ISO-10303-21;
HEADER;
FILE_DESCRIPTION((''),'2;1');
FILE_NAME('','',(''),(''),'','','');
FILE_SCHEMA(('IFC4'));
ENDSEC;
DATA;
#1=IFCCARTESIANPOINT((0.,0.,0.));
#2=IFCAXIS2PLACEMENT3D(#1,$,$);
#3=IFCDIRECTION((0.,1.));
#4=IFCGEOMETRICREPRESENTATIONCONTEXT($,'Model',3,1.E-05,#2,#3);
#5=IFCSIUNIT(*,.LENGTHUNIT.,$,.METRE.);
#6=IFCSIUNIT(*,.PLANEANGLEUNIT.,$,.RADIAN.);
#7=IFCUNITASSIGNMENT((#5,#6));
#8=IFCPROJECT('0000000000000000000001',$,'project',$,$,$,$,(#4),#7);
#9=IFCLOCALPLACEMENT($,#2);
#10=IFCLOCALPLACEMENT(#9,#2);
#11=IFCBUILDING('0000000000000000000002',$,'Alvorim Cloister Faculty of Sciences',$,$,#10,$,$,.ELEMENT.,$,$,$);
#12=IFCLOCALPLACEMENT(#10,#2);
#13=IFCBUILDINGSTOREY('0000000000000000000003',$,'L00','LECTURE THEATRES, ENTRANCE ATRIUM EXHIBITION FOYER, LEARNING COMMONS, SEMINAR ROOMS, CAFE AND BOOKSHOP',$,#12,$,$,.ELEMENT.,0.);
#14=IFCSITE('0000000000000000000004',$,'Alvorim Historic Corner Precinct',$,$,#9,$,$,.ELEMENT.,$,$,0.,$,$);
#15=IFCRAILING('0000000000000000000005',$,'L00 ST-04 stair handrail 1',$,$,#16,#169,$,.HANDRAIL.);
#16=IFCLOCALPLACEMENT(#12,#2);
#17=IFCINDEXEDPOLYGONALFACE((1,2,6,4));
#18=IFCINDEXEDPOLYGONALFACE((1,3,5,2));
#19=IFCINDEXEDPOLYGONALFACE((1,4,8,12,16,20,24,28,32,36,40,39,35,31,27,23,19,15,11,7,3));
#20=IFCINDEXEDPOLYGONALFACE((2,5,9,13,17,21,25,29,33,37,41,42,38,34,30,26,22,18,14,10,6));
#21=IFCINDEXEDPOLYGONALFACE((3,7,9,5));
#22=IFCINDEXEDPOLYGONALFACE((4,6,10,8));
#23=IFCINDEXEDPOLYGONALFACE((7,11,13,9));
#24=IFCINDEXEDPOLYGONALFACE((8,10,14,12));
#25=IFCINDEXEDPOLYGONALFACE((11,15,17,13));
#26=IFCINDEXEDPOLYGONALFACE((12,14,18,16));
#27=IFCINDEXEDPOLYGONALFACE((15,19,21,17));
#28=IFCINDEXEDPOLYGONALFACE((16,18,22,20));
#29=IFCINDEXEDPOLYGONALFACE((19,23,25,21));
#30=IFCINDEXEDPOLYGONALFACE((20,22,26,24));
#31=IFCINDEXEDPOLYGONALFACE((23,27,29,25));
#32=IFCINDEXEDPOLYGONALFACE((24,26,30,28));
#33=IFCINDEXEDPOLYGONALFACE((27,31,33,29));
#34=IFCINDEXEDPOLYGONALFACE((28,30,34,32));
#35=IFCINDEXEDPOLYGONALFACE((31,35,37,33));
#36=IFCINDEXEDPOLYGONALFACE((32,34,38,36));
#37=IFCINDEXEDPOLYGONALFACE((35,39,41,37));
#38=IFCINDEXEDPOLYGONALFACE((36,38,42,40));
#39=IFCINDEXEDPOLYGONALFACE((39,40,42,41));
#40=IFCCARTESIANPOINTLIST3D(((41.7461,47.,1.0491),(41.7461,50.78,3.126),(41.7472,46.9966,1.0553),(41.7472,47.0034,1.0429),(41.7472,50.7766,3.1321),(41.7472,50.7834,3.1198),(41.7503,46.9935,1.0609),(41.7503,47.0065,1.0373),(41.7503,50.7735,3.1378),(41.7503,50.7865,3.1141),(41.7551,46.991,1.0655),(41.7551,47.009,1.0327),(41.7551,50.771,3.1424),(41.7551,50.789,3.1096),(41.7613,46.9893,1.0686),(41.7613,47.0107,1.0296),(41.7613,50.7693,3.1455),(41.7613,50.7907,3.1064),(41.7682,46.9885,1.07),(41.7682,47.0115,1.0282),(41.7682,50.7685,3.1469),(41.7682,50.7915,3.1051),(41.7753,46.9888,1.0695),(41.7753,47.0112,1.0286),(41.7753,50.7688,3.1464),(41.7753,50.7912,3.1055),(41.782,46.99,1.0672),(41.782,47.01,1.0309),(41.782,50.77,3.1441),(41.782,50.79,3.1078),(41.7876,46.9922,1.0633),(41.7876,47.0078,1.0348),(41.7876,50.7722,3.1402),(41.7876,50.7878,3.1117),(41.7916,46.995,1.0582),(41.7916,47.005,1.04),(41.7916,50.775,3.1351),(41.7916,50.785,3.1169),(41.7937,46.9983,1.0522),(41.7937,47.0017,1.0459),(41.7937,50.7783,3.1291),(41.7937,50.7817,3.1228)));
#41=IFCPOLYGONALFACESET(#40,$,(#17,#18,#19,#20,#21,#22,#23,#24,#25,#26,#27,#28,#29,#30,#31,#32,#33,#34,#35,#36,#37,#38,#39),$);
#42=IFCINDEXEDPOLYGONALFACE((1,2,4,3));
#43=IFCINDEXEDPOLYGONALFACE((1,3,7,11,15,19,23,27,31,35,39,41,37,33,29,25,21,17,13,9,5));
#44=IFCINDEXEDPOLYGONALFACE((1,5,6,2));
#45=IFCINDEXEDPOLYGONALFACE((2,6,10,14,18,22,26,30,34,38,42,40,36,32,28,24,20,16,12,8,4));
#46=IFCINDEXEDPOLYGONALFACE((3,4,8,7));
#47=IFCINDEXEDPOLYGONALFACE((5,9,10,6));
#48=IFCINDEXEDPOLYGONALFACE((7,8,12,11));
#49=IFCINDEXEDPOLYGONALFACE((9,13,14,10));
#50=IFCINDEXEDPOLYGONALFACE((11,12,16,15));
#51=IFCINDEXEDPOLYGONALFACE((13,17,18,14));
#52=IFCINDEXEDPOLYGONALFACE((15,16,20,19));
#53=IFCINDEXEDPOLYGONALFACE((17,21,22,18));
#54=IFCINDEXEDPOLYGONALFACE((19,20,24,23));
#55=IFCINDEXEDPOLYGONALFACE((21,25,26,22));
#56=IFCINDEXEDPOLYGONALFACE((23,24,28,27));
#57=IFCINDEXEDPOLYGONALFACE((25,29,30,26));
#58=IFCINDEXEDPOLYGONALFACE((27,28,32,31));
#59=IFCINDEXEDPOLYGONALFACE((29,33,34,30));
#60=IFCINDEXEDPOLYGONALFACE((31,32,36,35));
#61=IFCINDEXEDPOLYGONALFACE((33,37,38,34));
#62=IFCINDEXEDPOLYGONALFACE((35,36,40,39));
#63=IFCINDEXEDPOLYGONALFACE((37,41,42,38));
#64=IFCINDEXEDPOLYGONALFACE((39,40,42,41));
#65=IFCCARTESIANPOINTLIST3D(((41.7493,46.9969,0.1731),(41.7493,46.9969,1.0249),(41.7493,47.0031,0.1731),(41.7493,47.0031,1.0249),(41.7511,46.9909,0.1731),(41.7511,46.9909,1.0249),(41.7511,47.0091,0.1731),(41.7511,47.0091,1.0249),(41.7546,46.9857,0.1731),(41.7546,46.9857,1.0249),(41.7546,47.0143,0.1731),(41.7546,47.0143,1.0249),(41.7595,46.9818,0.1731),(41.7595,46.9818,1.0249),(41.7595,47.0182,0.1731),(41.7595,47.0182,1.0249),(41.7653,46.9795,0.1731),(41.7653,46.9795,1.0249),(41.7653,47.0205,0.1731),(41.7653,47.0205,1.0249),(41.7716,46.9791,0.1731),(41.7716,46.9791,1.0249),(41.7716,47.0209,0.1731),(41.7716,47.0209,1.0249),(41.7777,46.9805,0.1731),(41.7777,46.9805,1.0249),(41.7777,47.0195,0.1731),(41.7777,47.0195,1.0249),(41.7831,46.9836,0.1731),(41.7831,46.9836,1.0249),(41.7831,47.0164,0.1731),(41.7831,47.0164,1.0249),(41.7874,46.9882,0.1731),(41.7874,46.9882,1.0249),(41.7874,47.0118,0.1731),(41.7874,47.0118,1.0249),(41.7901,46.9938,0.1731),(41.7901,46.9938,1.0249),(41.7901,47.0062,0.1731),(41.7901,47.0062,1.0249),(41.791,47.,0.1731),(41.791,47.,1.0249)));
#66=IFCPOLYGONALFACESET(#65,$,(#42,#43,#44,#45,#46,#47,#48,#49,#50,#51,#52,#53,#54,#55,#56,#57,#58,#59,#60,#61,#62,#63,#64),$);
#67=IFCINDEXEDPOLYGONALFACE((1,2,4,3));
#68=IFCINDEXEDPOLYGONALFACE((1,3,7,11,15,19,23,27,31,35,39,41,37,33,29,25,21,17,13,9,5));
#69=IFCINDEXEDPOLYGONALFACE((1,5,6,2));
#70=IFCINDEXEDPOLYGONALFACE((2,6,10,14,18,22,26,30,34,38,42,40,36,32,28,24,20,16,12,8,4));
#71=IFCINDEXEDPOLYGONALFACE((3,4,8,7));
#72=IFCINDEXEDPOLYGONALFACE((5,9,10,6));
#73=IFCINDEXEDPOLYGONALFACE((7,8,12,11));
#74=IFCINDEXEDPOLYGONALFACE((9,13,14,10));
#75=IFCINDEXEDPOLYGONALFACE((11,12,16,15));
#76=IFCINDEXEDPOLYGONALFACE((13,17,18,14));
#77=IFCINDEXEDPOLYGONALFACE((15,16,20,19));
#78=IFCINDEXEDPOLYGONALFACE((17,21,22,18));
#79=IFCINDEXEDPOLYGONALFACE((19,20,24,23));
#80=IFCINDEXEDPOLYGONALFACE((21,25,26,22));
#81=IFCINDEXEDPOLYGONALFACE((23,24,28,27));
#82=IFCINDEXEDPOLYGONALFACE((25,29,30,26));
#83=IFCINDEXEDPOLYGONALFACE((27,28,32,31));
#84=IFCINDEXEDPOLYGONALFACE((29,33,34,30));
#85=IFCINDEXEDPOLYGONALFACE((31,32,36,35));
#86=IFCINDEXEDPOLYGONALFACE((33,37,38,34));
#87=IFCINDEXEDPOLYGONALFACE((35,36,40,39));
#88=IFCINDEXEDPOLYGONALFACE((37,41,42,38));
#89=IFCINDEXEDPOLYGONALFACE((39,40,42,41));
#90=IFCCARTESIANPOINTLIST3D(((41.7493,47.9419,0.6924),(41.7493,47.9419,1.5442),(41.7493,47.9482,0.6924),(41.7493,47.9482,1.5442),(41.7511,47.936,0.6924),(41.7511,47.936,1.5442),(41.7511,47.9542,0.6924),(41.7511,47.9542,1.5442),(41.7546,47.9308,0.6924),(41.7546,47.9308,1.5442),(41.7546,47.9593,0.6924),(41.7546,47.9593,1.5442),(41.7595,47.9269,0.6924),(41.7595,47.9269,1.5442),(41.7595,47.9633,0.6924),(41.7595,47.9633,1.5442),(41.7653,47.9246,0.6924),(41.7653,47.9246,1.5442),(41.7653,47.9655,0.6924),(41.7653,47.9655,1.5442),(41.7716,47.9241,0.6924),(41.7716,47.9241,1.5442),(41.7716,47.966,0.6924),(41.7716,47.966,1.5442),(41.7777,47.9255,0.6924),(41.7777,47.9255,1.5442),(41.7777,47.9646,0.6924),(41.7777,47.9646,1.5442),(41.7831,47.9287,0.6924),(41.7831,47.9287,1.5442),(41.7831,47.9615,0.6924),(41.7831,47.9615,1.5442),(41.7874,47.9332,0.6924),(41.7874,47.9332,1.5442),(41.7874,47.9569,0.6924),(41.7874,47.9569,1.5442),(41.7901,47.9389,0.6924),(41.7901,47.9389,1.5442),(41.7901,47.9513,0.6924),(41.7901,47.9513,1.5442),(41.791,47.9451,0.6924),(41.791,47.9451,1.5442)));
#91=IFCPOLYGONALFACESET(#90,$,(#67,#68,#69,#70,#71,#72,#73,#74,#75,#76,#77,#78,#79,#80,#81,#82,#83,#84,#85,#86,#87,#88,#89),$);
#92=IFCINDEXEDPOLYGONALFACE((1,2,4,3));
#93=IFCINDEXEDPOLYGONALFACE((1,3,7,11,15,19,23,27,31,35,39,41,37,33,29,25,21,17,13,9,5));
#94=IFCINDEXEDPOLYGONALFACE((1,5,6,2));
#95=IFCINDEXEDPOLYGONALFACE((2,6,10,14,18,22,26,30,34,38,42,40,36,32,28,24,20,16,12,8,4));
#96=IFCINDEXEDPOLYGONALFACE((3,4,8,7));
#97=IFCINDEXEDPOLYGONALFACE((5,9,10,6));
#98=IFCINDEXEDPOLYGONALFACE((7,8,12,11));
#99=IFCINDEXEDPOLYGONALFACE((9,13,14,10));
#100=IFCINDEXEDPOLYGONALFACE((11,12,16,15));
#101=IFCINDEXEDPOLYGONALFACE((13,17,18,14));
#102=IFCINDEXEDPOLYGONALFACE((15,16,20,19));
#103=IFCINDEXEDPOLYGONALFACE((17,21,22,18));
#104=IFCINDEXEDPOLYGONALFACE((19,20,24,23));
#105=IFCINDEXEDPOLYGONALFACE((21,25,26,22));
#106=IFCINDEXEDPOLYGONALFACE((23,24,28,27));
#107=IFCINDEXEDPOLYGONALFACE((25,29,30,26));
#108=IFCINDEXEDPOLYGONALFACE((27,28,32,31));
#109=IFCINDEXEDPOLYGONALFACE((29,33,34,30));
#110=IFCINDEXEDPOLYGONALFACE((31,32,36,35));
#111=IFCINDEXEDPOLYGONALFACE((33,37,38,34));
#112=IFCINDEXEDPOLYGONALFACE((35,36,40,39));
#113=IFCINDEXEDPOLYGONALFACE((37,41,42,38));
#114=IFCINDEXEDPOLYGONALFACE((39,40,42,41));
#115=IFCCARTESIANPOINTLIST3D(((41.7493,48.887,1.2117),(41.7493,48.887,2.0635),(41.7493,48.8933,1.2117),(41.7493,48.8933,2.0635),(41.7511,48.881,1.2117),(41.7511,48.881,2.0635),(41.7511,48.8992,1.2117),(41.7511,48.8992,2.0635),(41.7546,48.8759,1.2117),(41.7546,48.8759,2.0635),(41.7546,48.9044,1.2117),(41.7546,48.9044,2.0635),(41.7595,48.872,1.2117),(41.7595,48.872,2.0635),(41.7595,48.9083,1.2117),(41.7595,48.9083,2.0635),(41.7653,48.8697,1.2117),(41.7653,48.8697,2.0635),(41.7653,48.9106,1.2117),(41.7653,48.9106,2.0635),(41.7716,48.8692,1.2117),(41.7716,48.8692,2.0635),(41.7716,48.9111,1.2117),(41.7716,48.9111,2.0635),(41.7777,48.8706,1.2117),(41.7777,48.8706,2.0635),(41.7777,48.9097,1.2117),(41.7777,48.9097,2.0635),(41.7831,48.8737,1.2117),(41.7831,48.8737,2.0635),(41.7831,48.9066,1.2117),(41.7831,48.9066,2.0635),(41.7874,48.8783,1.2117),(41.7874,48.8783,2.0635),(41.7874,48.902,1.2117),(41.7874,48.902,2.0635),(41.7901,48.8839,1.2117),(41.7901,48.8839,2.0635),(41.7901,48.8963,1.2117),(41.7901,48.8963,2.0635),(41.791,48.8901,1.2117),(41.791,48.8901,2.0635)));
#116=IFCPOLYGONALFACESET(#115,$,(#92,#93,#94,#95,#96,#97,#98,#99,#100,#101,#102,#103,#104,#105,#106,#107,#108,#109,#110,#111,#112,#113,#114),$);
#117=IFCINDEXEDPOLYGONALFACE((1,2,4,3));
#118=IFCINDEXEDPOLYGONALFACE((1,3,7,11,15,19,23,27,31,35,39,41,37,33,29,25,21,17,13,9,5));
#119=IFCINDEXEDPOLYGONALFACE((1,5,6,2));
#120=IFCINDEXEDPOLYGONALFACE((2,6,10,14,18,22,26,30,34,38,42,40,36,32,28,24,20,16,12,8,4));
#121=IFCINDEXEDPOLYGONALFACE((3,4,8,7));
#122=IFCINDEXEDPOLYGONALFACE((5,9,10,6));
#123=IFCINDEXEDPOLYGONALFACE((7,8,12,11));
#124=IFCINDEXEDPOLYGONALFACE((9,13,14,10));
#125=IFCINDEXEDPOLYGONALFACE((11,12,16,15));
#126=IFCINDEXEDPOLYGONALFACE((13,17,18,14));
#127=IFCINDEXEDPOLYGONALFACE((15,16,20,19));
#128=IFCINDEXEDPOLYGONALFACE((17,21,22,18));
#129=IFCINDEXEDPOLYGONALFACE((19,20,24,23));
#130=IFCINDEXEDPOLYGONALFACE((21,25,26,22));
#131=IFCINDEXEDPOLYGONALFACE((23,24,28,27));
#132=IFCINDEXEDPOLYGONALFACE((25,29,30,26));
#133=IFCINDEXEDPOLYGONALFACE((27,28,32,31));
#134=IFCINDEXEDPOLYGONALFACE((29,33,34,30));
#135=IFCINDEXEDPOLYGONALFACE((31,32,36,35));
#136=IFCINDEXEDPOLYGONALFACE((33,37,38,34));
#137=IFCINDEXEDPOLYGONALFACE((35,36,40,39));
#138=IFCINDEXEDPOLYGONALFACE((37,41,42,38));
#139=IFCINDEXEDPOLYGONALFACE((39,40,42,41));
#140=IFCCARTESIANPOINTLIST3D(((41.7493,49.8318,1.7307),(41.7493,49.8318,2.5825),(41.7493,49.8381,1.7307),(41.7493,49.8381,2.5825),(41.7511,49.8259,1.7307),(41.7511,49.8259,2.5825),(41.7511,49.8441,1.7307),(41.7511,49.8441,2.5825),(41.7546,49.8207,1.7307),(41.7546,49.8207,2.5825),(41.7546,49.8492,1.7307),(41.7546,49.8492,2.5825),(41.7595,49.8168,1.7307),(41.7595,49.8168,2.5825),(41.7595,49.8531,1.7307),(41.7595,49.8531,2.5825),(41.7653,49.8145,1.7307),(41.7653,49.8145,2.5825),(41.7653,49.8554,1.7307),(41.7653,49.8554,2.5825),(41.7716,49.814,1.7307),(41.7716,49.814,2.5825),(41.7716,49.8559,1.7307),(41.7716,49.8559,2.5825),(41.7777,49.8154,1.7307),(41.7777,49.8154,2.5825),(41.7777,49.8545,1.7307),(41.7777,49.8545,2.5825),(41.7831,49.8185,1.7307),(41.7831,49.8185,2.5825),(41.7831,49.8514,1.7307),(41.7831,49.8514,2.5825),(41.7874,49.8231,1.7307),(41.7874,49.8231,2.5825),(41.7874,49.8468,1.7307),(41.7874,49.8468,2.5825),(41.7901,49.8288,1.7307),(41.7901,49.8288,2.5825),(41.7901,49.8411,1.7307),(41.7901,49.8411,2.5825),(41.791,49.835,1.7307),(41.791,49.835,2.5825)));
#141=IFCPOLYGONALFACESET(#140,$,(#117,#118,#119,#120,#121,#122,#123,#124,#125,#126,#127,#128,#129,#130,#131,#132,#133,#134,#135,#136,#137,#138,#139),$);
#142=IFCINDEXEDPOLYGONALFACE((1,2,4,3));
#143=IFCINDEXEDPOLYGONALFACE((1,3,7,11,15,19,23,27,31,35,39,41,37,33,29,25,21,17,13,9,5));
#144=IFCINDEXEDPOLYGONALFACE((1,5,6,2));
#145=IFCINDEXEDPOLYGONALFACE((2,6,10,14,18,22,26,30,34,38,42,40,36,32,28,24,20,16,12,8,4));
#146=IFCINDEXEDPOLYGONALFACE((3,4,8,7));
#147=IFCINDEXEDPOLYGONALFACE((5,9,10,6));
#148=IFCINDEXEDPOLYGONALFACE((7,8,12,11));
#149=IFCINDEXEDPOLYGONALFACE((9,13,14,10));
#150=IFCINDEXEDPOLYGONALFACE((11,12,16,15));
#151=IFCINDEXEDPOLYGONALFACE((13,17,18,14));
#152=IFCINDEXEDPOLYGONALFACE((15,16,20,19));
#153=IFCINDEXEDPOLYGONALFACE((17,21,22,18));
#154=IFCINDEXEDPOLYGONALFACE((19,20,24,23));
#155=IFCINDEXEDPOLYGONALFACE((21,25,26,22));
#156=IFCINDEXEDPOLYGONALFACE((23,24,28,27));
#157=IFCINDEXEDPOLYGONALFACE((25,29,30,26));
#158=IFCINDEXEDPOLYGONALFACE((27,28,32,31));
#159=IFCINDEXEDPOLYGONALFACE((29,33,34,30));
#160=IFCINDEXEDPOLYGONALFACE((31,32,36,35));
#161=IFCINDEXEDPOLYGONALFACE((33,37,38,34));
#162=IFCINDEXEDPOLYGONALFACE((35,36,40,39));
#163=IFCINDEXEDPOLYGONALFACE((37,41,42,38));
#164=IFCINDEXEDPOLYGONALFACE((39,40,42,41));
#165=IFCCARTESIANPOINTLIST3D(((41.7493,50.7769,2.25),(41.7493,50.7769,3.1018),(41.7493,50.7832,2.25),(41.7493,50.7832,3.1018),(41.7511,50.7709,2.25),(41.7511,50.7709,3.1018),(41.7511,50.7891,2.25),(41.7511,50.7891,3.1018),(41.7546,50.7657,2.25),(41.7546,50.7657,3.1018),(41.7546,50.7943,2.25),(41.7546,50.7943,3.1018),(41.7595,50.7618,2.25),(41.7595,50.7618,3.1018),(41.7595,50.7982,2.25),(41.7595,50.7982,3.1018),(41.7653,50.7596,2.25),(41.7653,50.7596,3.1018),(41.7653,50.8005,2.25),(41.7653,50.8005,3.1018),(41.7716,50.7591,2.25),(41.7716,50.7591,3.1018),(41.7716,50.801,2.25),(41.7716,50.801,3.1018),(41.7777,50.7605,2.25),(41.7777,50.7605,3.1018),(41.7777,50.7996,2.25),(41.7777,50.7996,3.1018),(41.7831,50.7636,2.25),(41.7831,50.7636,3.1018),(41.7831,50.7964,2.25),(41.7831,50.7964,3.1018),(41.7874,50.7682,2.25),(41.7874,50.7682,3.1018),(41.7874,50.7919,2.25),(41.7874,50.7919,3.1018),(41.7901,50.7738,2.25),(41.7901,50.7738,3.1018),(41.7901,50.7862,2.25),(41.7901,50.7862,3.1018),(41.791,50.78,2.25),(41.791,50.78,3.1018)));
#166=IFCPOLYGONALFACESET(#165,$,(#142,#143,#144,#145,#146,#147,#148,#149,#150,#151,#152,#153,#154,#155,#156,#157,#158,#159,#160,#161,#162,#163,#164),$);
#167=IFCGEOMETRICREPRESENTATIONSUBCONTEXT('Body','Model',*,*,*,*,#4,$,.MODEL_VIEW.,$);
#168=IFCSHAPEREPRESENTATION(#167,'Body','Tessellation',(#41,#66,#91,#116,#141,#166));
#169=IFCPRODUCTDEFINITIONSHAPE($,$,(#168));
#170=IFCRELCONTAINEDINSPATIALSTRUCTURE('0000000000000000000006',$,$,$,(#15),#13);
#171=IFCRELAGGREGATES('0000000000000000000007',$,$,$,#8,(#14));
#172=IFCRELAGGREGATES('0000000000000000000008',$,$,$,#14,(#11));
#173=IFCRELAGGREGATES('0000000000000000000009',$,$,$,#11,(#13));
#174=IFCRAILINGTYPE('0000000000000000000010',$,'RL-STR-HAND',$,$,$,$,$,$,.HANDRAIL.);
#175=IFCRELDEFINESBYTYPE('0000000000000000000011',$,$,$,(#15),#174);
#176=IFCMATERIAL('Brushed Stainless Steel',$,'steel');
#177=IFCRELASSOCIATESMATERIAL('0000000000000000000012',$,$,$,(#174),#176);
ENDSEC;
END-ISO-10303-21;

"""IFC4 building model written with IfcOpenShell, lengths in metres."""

from ifc_helpers import new_model, si_unit, direction, frame, origin, origin_2d, place, context, subcontext, project, spatial, circle, extrude, material, type_object, element, save


model = new_model("IFC4")

# Units and contexts
model_context = context("Model", 3, precision=1e-05, world=origin(), true_north=direction((0.0, 1.0)))
body_context = subcontext(model_context, "Body", "Model", "MODEL_VIEW")
ifc_project = project(units=[si_unit("LENGTHUNIT", "METRE"), si_unit("PLANEANGLEUNIT", "RADIAN")], contexts=[model_context])

# Site, building, storey
site_placement = place(None, origin())
site = spatial("IfcSite", under=ifc_project, at=site_placement, Name="Alvorim Historic Corner Precinct", CompositionType="ELEMENT", RefElevation=0.0)
building_placement = place(site_placement, origin())
building = spatial("IfcBuilding", under=site, at=building_placement, Name="Alvorim Cloister Faculty of Sciences", CompositionType="ELEMENT")
storey_placement = place(building_placement, origin())
storey = spatial("IfcBuildingStorey", under=building, at=storey_placement, Name="L00", Description="LECTURE THEATRES, ENTRANCE ATRIUM EXHIBITION FOYER, LEARNING COMMONS, SEMINAR ROOMS, CAFE AND BOOKSHOP", CompositionType="ELEMENT", Elevation=0.0)

# Railing
ifc_material_1 = material(Name="Brushed Stainless Steel", Category="steel")
railing_type = type_object("IfcRailingType", Name="RL-STR-HAND", PredefinedType="HANDRAIL", material=ifc_material_1)
railing_placement = place(storey_placement, frame((41.77, 47.0, 0.1731)))
element("IfcRailing", 1, at=railing_placement, inside=storey, type_object=railing_type, Name="L00 ST-04 stair handrail 1", PredefinedType="HANDRAIL", context=body_context, shape_type="SweptSolid", body=[
    extrude(circle(Radius=0.0239, at=origin_2d()), frame((0.0, 0.0, 0.876), z_axis=(0.0, 0.876423, 0.481543), x_axis=(-1.0, 0.0, 0.0)), (0.0, 0.0, 1.0), 4.313),
    extrude(circle(Radius=0.021, at=origin_2d()), origin(), (0.0, 0.0, 1.0), 0.8518),
    extrude(circle(Radius=0.021, at=origin_2d()), frame((0.0, 0.9451, 0.5193)), (0.0, 0.0, 1.0), 0.8518),
    extrude(circle(Radius=0.021, at=origin_2d()), frame((0.0, 1.8901, 1.0386)), (0.0, 0.0, 1.0), 0.8518),
    extrude(circle(Radius=0.021, at=origin_2d()), frame((0.0, 2.835, 1.5576)), (0.0, 0.0, 1.0), 0.8518),
    extrude(circle(Radius=0.021, at=origin_2d()), frame((0.0, 3.78, 2.0769)), (0.0, 0.0, 1.0), 0.8518),
])

save(model, "model.ifc")
